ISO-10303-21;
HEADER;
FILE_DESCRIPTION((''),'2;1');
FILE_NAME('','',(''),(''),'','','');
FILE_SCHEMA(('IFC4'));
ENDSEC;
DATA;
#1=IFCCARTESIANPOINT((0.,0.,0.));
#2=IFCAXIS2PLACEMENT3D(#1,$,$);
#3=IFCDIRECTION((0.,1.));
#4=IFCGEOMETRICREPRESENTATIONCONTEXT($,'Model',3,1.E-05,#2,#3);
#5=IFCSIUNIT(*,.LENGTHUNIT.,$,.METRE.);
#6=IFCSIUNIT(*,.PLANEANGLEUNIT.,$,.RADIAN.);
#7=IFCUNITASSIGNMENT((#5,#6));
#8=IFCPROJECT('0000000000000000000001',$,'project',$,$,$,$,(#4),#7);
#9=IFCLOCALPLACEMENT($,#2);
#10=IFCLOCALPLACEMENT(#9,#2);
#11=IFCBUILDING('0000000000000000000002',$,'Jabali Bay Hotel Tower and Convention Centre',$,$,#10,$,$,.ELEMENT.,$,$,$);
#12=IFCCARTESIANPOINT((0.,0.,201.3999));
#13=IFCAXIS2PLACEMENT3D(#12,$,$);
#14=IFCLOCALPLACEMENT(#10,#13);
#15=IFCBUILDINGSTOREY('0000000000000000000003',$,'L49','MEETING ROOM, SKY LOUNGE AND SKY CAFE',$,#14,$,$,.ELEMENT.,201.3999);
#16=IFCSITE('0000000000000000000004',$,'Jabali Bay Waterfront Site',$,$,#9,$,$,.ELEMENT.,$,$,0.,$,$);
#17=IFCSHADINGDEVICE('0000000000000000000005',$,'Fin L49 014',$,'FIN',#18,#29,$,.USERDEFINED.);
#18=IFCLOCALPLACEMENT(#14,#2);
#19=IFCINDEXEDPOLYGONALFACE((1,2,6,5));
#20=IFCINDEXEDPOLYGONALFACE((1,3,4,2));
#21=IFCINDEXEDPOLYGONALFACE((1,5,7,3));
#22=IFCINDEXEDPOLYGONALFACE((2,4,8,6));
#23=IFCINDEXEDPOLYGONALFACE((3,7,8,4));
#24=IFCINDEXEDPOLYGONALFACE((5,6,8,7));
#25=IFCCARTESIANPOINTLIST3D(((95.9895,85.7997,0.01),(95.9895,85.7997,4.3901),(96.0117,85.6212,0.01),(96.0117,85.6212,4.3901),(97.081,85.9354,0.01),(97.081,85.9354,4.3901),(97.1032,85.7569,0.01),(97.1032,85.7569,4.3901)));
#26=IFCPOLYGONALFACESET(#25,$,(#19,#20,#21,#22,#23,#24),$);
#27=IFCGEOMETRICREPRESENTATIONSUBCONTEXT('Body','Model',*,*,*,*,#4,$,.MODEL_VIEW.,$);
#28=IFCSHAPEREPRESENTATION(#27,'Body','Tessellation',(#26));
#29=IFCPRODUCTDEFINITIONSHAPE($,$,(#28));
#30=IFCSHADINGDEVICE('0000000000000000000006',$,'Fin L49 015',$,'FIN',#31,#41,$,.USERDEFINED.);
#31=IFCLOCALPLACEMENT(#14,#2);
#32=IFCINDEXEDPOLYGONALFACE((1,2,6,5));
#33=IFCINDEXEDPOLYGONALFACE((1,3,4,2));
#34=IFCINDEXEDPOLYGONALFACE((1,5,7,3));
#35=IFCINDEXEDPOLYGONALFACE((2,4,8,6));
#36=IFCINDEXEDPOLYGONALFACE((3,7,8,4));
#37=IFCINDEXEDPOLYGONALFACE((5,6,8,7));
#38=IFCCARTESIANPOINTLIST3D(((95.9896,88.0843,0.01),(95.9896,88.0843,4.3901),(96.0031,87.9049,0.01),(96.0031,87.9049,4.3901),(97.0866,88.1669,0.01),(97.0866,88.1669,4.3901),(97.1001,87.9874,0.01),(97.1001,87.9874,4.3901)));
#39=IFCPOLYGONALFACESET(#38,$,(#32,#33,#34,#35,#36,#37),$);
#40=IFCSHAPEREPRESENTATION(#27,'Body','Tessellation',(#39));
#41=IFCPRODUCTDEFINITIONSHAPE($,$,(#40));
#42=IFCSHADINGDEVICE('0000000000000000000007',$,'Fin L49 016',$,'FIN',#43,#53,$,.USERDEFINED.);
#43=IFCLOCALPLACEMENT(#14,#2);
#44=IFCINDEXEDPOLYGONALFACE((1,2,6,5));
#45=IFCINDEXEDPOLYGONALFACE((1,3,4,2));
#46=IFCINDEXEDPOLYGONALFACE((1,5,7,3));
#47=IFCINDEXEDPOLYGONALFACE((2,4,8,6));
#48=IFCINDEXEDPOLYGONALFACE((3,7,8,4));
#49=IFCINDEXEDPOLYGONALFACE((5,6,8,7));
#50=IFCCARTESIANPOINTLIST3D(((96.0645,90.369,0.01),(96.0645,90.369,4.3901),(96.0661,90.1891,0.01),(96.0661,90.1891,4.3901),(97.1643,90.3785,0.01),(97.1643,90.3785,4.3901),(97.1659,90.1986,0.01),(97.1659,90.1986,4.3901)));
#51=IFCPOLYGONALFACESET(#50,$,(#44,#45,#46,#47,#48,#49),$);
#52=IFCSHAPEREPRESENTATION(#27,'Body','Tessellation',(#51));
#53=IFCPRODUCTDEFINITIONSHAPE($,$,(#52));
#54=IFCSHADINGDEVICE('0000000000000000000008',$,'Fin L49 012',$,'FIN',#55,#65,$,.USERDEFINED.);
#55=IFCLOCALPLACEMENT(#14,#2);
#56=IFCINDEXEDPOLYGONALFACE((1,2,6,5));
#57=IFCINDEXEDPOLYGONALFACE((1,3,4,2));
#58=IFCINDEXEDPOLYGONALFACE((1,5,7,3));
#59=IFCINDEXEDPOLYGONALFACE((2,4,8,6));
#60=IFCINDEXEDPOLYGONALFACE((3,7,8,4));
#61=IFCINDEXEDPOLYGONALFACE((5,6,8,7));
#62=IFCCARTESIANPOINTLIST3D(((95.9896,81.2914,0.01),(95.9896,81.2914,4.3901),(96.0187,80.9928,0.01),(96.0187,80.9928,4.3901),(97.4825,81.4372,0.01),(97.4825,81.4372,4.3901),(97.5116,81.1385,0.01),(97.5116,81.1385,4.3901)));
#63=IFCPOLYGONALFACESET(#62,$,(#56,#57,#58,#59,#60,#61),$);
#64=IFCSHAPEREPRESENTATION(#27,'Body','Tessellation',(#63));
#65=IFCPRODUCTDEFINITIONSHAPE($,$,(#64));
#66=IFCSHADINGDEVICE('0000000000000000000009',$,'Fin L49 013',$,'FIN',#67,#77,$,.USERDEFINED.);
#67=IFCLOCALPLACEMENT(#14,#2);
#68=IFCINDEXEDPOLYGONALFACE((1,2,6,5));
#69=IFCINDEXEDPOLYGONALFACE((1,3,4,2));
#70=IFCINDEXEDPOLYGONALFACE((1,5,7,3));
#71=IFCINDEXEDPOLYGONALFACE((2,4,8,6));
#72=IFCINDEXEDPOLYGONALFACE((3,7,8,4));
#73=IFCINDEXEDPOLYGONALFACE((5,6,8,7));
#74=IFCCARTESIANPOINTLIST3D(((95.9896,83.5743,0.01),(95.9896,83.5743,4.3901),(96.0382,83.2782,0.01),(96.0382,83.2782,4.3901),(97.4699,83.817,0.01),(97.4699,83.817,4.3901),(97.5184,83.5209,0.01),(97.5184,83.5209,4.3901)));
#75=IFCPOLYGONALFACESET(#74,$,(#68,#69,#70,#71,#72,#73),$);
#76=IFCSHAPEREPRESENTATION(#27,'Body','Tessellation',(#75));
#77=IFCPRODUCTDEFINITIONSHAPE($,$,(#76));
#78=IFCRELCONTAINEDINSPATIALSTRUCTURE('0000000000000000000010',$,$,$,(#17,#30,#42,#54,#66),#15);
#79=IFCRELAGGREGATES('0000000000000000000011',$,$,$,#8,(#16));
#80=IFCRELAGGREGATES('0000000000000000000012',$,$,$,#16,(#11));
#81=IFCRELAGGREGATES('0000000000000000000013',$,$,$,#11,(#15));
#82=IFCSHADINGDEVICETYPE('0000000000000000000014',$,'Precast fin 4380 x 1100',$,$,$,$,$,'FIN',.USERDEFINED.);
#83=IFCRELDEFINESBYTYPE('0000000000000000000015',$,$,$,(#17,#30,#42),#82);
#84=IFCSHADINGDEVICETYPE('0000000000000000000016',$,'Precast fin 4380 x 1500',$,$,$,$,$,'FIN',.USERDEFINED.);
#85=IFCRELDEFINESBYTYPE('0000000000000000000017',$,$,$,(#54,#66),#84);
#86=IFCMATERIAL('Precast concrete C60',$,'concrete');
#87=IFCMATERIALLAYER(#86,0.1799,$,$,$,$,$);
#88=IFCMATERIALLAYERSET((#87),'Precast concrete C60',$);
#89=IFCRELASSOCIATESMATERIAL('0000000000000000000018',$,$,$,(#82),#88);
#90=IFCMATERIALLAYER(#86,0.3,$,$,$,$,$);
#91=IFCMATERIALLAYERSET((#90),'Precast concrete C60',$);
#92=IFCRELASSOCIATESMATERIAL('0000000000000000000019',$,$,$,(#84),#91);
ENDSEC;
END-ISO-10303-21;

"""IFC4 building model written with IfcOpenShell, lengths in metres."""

from ifc_helpers import new_model, si_unit, direction, frame, frame_2d, origin, place, context, subcontext, project, spatial, rectangle, extrude, material, layer, layer_set, type_object, element, save


model = new_model("IFC4")

# Units and contexts
model_context = context("Model", 3, precision=1e-05, world=origin(), true_north=direction((0.0, 1.0)))
body_context = subcontext(model_context, "Body", "Model", "MODEL_VIEW")
ifc_project = project(units=[si_unit("LENGTHUNIT", "METRE"), si_unit("PLANEANGLEUNIT", "RADIAN")], contexts=[model_context])

# Site, building, storey
site_placement = place(None, origin())
site = spatial("IfcSite", under=ifc_project, at=site_placement, Name="Jabali Bay Waterfront Site", CompositionType="ELEMENT", RefElevation=0.0)
building_placement = place(site_placement, origin())
building = spatial("IfcBuilding", under=site, at=building_placement, Name="Jabali Bay Hotel Tower and Convention Centre", CompositionType="ELEMENT")
storey_placement = place(building_placement, frame((0.0, 0.0, 201.3999)))
storey = spatial("IfcBuildingStorey", under=building, at=storey_placement, Name="L49", Description="MEETING ROOM, SKY LOUNGE AND SKY CAFE", CompositionType="ELEMENT", Elevation=201.3999)

# Shading devices
ifc_material_1 = material(Name="Precast concrete C60", Category="concrete")
ifc_layer_1 = layer(ifc_material_1, 0.1799)
ifc_layer_set_1 = layer_set([ifc_layer_1], Name="Precast concrete C60")
shading_device_type_1 = type_object("IfcShadingDeviceType", Name="Precast fin 4380 x 1100", ElementType="FIN", PredefinedType="USERDEFINED", material=ifc_layer_set_1)
shading_device_1_placement = place(storey_placement, frame((96.0007, 85.7104, 0.01), z_axis=(0.0, 0.0, 1.0), x_axis=(0.992356, 0.123406, 0.0)))
element("IfcShadingDevice", 1, at=shading_device_1_placement, inside=storey, type_object=shading_device_type_1, Name="Fin L49 014", ObjectType="FIN", PredefinedType="USERDEFINED", context=body_context, shape_type="SweptSolid", body=[
    extrude(rectangle(XDim=1.0999, YDim=0.1799, at=frame_2d((0.5498, 0.0))), origin(), (0.0, 0.0, 1.0), 4.3801),
])
shading_device_2_placement = place(storey_placement, frame((95.9963, 87.9946, 0.01), z_axis=(0.0, 0.0, 1.0), x_axis=(0.997182, 0.075016, 0.0)))
element("IfcShadingDevice", 2, at=shading_device_2_placement, inside=storey, type_object=shading_device_type_1, Name="Fin L49 015", ObjectType="FIN", PredefinedType="USERDEFINED", context=body_context, shape_type="SweptSolid", body=[
    extrude(rectangle(XDim=1.1001, YDim=0.1799, at=frame_2d((0.55, 0.0))), origin(), (0.0, 0.0, 1.0), 4.3801),
])
shading_device_3_placement = place(storey_placement, frame((96.0654, 90.2791, 0.01), z_axis=(0.0, 0.0, 1.0), x_axis=(0.999963, 0.008657, 0.0)))
element("IfcShadingDevice", 3, at=shading_device_3_placement, inside=storey, type_object=shading_device_type_1, Name="Fin L49 016", ObjectType="FIN", PredefinedType="USERDEFINED", context=body_context, shape_type="SweptSolid", body=[
    extrude(rectangle(XDim=1.0999, YDim=0.1799, at=frame_2d((0.5498, 0.0))), origin(), (0.0, 0.0, 1.0), 4.3801),
])
ifc_layer_2 = layer(ifc_material_1, 0.3)
ifc_layer_set_2 = layer_set([ifc_layer_2], Name="Precast concrete C60")
shading_device_type_2 = type_object("IfcShadingDeviceType", Name="Precast fin 4380 x 1500", ElementType="FIN", PredefinedType="USERDEFINED", material=ifc_layer_set_2)
for number, where, z_axis, x_axis, name in (
    (4, (96.0042, 81.1421, 0.01), (0.0, 0.0, 1.0), (0.995268, 0.097167, 0.0), "Fin L49 012"),
    (5, (96.0139, 83.4263, 0.01), (0.0, 0.0, 1.0), (0.986826, 0.161785, 0.0), "Fin L49 013"),
):
    element("IfcShadingDevice", number, at=place(storey_placement, frame(where, z_axis=z_axis, x_axis=x_axis)), inside=storey, type_object=shading_device_type_2, Name=name, ObjectType="FIN", PredefinedType="USERDEFINED", context=body_context, shape_type="SweptSolid", body=[
        extrude(rectangle(XDim=1.5, YDim=0.3, at=frame_2d((0.75, 0.0))), origin(), (0.0, 0.0, 1.0), 4.3801),
    ])

save(model, "model.ifc")
